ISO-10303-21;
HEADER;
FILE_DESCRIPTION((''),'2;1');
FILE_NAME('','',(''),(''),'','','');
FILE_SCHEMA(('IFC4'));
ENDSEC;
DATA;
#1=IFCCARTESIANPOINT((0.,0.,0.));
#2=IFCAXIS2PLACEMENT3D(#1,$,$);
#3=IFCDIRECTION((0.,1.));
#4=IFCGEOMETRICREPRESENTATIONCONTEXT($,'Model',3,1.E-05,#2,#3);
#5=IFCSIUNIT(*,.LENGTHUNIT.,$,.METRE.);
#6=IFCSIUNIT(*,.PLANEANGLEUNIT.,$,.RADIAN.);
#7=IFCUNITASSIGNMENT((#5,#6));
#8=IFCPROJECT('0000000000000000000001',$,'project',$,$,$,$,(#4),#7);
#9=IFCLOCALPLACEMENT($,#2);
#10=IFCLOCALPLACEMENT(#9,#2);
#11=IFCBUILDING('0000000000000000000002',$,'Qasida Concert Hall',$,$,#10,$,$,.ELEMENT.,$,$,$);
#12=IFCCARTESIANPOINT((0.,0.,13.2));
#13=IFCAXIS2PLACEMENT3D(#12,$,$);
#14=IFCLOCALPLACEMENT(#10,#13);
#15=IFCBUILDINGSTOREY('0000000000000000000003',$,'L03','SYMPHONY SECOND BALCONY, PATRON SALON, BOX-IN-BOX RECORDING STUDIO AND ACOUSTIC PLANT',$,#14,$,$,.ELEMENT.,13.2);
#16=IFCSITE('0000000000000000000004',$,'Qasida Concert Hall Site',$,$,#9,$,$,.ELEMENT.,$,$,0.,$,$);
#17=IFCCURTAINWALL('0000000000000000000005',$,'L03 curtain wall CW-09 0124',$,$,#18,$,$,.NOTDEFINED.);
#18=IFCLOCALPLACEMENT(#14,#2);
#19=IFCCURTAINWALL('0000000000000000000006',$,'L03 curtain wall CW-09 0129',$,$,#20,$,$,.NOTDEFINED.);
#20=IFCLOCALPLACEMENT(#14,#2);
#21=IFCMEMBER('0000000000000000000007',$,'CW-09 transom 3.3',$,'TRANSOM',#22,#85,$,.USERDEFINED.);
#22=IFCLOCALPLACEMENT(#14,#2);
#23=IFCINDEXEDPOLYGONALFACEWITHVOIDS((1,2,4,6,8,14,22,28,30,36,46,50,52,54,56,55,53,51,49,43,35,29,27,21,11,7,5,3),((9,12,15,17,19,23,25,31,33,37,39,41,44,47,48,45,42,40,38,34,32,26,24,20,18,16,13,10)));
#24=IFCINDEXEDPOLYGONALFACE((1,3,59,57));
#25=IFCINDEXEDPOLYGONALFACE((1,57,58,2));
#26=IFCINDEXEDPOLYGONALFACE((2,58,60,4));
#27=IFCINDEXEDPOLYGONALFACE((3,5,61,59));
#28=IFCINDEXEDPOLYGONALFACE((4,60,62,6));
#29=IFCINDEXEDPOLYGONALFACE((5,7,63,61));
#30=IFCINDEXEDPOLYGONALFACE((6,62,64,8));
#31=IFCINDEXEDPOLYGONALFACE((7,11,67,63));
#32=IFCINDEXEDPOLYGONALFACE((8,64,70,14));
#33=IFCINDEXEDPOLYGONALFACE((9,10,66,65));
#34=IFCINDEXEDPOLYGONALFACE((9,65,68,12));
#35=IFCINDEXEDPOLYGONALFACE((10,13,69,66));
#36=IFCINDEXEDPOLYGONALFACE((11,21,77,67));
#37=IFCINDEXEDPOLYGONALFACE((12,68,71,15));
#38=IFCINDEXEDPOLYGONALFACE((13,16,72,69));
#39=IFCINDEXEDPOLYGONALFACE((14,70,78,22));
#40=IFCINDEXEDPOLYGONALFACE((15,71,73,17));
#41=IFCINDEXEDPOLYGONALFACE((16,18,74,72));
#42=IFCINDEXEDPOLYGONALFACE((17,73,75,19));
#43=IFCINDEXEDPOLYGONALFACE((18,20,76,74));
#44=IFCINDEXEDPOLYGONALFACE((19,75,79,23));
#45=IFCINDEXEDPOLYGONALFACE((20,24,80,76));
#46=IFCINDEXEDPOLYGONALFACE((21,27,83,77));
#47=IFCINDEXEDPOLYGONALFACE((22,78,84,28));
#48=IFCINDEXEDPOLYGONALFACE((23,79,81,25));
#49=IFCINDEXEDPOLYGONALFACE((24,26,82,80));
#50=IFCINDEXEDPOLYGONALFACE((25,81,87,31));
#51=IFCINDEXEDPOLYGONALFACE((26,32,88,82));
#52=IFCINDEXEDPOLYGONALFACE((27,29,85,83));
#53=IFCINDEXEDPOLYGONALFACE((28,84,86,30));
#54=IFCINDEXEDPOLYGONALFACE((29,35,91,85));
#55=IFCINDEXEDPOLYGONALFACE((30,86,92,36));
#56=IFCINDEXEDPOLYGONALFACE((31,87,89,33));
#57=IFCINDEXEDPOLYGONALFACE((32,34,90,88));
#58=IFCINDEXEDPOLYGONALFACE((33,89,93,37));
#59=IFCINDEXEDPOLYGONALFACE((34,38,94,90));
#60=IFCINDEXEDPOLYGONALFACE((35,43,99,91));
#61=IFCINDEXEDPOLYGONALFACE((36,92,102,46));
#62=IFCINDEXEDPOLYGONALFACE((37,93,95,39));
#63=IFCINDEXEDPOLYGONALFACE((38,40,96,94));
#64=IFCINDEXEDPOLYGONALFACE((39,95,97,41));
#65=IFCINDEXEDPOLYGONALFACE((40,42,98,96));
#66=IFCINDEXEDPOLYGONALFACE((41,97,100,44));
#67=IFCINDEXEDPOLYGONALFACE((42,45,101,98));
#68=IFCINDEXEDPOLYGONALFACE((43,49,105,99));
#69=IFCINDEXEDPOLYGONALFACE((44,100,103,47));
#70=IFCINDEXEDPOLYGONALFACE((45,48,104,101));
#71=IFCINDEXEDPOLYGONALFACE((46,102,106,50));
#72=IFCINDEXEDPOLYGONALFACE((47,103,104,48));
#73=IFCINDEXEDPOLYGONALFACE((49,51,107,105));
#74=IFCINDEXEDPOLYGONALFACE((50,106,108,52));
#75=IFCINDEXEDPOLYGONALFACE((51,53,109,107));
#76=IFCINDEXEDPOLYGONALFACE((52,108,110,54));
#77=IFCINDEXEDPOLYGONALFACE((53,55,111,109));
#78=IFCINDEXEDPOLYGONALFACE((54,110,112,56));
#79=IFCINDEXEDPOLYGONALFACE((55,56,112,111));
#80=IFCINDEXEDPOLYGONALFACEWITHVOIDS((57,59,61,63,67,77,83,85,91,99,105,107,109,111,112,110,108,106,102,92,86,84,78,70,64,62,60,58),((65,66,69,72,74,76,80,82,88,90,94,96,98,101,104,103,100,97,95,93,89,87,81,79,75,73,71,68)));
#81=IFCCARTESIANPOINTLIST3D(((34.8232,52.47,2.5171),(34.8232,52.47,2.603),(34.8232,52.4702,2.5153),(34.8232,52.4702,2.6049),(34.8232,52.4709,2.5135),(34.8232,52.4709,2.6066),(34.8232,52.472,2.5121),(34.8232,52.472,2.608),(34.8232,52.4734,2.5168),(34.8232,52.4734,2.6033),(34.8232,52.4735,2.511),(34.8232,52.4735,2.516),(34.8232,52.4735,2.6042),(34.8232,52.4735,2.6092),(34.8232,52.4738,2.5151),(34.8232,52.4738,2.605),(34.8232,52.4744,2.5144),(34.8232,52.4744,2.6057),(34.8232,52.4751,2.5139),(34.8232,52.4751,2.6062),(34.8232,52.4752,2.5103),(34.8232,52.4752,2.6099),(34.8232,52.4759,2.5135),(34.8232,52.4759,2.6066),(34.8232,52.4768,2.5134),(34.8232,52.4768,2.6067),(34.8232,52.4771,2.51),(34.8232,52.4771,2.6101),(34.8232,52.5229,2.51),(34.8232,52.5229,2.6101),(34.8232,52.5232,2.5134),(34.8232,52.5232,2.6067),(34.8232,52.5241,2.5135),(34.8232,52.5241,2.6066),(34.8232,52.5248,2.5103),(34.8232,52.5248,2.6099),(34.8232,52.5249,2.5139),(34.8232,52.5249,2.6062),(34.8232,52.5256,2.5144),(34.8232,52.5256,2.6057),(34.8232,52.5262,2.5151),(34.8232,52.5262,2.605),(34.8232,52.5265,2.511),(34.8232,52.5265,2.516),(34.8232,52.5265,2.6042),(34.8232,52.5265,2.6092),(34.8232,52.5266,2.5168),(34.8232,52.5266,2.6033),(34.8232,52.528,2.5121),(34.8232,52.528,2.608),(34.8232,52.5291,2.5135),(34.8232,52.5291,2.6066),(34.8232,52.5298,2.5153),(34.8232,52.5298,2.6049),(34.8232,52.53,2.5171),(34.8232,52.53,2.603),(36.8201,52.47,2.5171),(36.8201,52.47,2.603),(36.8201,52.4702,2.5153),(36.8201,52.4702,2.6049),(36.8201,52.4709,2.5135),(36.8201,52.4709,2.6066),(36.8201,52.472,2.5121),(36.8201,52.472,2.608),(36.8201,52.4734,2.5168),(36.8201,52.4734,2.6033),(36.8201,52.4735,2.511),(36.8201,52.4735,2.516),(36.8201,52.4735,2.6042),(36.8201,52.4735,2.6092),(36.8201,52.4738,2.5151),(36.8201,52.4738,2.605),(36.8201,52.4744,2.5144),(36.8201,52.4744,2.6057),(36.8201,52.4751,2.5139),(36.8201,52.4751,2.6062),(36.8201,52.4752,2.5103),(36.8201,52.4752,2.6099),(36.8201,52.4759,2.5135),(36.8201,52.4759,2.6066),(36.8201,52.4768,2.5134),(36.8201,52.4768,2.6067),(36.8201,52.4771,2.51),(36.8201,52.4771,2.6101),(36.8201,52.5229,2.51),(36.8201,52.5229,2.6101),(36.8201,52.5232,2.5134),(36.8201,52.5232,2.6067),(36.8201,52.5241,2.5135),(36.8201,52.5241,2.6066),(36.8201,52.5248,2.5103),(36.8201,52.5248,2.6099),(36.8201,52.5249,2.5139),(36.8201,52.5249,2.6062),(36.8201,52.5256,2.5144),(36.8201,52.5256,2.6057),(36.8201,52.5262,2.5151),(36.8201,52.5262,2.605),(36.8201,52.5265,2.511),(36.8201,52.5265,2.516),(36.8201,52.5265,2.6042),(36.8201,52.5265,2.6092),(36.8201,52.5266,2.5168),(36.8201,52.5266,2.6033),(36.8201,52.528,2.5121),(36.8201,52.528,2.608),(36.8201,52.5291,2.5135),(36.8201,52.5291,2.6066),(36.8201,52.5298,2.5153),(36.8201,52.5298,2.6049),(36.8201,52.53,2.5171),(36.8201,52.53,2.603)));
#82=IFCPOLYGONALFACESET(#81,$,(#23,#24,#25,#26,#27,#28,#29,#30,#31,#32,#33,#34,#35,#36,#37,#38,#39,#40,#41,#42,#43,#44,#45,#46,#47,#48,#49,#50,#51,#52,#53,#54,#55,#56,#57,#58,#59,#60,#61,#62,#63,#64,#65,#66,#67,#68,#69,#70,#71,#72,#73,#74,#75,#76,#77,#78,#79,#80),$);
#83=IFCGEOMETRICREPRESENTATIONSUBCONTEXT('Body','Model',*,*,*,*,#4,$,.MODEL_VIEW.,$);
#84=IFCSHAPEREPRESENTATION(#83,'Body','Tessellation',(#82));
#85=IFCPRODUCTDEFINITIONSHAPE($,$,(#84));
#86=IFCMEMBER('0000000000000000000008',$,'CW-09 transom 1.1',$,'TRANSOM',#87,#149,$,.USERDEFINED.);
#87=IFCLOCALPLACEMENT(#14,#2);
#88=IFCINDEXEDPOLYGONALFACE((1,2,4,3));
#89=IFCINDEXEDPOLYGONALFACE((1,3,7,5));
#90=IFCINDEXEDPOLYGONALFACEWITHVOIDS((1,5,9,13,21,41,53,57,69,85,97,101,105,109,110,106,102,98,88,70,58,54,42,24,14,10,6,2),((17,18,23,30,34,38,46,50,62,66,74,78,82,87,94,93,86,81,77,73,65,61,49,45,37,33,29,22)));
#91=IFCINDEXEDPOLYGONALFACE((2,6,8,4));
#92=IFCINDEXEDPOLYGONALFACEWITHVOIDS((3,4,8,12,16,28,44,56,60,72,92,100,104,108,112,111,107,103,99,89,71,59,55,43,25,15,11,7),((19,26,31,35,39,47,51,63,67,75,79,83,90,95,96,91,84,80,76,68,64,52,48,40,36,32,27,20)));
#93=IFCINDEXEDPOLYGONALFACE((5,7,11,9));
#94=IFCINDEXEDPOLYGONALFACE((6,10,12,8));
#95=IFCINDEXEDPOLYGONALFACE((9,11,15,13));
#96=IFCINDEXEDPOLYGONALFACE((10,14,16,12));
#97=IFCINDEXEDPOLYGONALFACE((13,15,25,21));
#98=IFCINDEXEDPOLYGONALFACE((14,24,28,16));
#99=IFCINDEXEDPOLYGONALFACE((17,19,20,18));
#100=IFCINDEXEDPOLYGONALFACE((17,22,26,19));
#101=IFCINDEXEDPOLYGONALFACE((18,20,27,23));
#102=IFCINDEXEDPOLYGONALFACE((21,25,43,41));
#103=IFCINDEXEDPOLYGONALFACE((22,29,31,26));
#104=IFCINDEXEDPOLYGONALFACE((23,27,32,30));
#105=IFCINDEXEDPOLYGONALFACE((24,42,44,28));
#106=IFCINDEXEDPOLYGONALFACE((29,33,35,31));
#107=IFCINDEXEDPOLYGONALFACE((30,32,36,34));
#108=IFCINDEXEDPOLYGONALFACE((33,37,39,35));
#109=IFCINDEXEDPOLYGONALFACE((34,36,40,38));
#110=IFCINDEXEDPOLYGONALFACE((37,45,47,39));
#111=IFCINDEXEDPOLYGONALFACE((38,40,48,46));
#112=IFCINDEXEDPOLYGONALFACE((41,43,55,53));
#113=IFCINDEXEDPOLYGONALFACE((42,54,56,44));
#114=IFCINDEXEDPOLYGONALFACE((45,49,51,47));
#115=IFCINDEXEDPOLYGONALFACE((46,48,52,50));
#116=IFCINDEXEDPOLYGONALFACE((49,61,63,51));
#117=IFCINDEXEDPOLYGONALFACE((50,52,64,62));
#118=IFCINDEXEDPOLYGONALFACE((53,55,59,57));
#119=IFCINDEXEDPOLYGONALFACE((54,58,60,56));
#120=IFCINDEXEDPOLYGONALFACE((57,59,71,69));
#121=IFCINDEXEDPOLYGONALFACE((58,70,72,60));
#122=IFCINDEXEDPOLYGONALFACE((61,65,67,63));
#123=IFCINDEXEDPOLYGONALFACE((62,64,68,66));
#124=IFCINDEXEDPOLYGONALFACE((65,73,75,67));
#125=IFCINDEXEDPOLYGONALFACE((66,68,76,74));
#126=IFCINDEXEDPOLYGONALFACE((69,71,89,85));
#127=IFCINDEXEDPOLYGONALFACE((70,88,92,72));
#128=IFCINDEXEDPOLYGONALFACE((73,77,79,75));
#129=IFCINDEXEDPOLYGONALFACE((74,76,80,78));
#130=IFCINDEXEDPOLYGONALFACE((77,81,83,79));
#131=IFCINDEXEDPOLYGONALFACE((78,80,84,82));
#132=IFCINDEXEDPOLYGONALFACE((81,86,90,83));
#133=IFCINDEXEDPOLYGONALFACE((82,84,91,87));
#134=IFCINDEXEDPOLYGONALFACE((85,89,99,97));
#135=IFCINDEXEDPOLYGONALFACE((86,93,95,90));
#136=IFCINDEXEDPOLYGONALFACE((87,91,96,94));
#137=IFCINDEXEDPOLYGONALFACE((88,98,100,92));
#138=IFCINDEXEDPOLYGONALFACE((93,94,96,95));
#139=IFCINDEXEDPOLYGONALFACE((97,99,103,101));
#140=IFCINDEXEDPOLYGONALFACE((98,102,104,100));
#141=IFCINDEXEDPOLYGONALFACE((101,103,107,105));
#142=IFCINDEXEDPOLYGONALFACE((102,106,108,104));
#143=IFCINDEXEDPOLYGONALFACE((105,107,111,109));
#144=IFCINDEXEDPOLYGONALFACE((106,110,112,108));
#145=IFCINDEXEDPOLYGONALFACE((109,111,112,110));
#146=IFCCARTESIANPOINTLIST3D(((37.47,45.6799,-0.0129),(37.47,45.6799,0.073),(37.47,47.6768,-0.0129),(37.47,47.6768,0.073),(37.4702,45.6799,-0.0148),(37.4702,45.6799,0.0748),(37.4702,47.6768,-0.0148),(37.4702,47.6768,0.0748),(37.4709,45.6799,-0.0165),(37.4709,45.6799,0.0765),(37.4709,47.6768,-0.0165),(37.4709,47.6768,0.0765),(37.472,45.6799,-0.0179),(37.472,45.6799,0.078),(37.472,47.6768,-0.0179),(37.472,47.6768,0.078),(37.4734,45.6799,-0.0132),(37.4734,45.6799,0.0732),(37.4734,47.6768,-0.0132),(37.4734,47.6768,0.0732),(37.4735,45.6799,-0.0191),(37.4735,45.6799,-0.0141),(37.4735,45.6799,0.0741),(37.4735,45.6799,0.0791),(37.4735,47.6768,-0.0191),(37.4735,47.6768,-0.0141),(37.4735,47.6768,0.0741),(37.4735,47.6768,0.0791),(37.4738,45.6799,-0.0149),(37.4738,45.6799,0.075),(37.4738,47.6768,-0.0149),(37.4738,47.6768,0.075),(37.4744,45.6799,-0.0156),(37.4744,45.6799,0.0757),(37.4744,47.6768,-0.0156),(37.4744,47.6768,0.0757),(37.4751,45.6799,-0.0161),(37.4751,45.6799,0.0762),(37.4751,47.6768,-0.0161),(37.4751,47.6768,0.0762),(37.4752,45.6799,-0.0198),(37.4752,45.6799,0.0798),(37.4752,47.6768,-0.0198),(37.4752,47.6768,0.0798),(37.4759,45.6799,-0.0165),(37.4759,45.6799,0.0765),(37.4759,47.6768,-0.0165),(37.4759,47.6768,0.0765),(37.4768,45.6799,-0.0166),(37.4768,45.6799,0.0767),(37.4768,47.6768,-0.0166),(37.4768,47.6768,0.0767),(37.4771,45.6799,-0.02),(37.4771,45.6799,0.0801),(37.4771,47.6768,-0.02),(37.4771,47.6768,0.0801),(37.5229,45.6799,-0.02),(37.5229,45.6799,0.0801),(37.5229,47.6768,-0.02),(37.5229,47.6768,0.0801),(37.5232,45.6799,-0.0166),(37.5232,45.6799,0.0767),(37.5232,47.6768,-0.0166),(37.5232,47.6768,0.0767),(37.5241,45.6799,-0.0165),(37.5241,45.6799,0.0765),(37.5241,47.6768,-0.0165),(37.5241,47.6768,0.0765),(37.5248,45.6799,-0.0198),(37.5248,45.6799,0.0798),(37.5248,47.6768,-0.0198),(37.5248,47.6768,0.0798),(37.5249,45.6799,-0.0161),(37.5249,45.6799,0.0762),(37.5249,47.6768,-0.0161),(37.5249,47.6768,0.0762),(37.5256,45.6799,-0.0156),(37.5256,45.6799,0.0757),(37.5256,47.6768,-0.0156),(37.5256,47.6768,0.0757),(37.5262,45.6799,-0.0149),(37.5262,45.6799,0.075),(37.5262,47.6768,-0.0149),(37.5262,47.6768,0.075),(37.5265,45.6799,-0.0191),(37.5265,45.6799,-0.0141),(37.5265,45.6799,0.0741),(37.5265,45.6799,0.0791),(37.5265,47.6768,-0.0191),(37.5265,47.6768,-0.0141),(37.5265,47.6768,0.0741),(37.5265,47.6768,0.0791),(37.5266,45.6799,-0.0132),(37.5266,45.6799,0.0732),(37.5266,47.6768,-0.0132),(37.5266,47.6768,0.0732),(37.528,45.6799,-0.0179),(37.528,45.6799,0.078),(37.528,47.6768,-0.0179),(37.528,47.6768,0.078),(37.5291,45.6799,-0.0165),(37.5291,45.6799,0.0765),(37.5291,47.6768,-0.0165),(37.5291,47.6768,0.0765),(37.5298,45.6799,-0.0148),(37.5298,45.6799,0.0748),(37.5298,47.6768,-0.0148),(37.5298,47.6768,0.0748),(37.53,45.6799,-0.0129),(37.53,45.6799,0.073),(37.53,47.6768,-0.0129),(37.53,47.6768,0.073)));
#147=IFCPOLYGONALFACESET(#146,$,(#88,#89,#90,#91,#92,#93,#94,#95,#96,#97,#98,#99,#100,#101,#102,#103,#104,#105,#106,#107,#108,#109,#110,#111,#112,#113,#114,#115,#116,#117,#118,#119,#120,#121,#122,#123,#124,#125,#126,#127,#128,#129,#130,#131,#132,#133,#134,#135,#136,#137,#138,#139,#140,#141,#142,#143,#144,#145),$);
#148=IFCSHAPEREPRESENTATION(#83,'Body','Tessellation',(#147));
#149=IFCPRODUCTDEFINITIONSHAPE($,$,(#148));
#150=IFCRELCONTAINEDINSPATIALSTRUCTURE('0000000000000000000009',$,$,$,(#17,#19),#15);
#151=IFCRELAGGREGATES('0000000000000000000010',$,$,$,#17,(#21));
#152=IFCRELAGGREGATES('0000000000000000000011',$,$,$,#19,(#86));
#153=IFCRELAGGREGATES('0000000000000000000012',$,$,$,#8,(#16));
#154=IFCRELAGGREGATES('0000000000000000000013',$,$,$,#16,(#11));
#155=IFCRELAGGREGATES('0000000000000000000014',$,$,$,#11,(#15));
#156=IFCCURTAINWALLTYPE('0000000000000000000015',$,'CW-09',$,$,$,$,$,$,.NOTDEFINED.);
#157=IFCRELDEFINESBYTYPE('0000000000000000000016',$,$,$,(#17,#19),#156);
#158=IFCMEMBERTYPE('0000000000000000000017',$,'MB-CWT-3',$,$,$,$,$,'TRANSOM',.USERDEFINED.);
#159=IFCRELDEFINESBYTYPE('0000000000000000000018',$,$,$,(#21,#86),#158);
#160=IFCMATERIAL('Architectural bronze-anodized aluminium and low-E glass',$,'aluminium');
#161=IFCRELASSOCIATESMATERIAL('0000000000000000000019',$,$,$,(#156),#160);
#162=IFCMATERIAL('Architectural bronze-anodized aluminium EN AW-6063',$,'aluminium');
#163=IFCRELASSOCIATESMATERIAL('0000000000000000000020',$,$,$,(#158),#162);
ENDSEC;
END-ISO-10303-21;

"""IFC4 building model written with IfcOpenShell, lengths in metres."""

from ifc_helpers import new_model, si_unit, direction, frame, origin, origin_2d, place, context, subcontext, project, spatial, hollow_rectangle, extrude, material, material_profile, profile_set, type_object, element, aggregate, save


model = new_model("IFC4")

# Units and contexts
model_context = context("Model", 3, precision=1e-05, world=origin(), true_north=direction((0.0, 1.0)))
body_context = subcontext(model_context, "Body", "Model", "MODEL_VIEW")
ifc_project = project(units=[si_unit("LENGTHUNIT", "METRE"), si_unit("PLANEANGLEUNIT", "RADIAN")], contexts=[model_context])

# Site, building, storey
site_placement = place(None, origin())
site = spatial("IfcSite", under=ifc_project, at=site_placement, Name="Qasida Concert Hall Site", CompositionType="ELEMENT", RefElevation=0.0)
building_placement = place(site_placement, origin())
building = spatial("IfcBuilding", under=site, at=building_placement, Name="Qasida Concert Hall", CompositionType="ELEMENT")
storey_placement = place(building_placement, frame((0.0, 0.0, 13.2)))
storey = spatial("IfcBuildingStorey", under=building, at=storey_placement, Name="L03", Description="SYMPHONY SECOND BALCONY, PATRON SALON, BOX-IN-BOX RECORDING STUDIO AND ACOUSTIC PLANT", CompositionType="ELEMENT", Elevation=13.2)

# Curtain wall
ifc_material_1 = material(Name="Architectural bronze-anodized aluminium and low-E glass", Category="aluminium")
curtain_wall_type = type_object("IfcCurtainWallType", Name="CW-09", PredefinedType="NOTDEFINED", material=ifc_material_1)
curtain_wall_1_placement = place(storey_placement, origin())
curtain_wall_1 = element("IfcCurtainWall", 1, at=curtain_wall_1_placement, inside=storey, type_object=curtain_wall_type, Name="L03 curtain wall CW-09 0124", PredefinedType="NOTDEFINED")
ifc_material_2 = material(Name="Architectural bronze-anodized aluminium EN AW-6063", Category="aluminium")

# Curtain wall
curtain_wall_2_placement = place(storey_placement, origin())
curtain_wall_2 = element("IfcCurtainWall", 2, at=curtain_wall_2_placement, inside=storey, type_object=curtain_wall_type, Name="L03 curtain wall CW-09 0129", PredefinedType="NOTDEFINED")

# Members
ifc_material_profile_1 = material_profile(ifc_material_2, hollow_rectangle(XDim=0.0601, YDim=0.1001, WallThickness=0.0034, InnerFilletRadius=0.0034, OuterFilletRadius=0.0071, at=origin_2d()), Name="CWT 100x60x3.5")
ifc_profile_set_1 = profile_set([ifc_material_profile_1], Name="Architectural bronze-anodized aluminium EN AW-6063")
member_type_1 = type_object("IfcMemberType", Name="MB-CWT-3", ElementType="TRANSOM", PredefinedType="USERDEFINED", material=ifc_profile_set_1)
member_1_placement = place(storey_placement, frame((34.8232, 52.5, 2.5601), z_axis=(1.0, 0.0, 0.0), x_axis=(0.0, 1.0, 0.0)))
member_1 = element("IfcMember", 3, at=member_1_placement, type_object=member_type_1, Name="CW-09 transom 3.3", ObjectType="TRANSOM", PredefinedType="USERDEFINED", context=body_context, shape_type="SweptSolid", body=[
    extrude(hollow_rectangle(XDim=0.0601, YDim=0.1001, WallThickness=0.0034, InnerFilletRadius=0.0034, OuterFilletRadius=0.0071, at=origin_2d()), origin(), (0.0, 0.0, 1.0), 1.9968),
])
member_2_placement = place(storey_placement, frame((37.5, 45.6799, 0.03), z_axis=(0.0, 1.0, 0.0), x_axis=(-1.0, 0.0, 0.0)))
member_2 = element("IfcMember", 4, at=member_2_placement, type_object=member_type_1, Name="CW-09 transom 1.1", ObjectType="TRANSOM", PredefinedType="USERDEFINED", context=body_context, shape_type="SweptSolid", body=[
    extrude(hollow_rectangle(XDim=0.0601, YDim=0.1001, WallThickness=0.0034, InnerFilletRadius=0.0034, OuterFilletRadius=0.0071, at=origin_2d()), origin(), (0.0, 0.0, 1.0), 1.9968),
])

aggregate(curtain_wall_1, [member_1])
aggregate(curtain_wall_2, [member_2])

save(model, "model.ifc")
